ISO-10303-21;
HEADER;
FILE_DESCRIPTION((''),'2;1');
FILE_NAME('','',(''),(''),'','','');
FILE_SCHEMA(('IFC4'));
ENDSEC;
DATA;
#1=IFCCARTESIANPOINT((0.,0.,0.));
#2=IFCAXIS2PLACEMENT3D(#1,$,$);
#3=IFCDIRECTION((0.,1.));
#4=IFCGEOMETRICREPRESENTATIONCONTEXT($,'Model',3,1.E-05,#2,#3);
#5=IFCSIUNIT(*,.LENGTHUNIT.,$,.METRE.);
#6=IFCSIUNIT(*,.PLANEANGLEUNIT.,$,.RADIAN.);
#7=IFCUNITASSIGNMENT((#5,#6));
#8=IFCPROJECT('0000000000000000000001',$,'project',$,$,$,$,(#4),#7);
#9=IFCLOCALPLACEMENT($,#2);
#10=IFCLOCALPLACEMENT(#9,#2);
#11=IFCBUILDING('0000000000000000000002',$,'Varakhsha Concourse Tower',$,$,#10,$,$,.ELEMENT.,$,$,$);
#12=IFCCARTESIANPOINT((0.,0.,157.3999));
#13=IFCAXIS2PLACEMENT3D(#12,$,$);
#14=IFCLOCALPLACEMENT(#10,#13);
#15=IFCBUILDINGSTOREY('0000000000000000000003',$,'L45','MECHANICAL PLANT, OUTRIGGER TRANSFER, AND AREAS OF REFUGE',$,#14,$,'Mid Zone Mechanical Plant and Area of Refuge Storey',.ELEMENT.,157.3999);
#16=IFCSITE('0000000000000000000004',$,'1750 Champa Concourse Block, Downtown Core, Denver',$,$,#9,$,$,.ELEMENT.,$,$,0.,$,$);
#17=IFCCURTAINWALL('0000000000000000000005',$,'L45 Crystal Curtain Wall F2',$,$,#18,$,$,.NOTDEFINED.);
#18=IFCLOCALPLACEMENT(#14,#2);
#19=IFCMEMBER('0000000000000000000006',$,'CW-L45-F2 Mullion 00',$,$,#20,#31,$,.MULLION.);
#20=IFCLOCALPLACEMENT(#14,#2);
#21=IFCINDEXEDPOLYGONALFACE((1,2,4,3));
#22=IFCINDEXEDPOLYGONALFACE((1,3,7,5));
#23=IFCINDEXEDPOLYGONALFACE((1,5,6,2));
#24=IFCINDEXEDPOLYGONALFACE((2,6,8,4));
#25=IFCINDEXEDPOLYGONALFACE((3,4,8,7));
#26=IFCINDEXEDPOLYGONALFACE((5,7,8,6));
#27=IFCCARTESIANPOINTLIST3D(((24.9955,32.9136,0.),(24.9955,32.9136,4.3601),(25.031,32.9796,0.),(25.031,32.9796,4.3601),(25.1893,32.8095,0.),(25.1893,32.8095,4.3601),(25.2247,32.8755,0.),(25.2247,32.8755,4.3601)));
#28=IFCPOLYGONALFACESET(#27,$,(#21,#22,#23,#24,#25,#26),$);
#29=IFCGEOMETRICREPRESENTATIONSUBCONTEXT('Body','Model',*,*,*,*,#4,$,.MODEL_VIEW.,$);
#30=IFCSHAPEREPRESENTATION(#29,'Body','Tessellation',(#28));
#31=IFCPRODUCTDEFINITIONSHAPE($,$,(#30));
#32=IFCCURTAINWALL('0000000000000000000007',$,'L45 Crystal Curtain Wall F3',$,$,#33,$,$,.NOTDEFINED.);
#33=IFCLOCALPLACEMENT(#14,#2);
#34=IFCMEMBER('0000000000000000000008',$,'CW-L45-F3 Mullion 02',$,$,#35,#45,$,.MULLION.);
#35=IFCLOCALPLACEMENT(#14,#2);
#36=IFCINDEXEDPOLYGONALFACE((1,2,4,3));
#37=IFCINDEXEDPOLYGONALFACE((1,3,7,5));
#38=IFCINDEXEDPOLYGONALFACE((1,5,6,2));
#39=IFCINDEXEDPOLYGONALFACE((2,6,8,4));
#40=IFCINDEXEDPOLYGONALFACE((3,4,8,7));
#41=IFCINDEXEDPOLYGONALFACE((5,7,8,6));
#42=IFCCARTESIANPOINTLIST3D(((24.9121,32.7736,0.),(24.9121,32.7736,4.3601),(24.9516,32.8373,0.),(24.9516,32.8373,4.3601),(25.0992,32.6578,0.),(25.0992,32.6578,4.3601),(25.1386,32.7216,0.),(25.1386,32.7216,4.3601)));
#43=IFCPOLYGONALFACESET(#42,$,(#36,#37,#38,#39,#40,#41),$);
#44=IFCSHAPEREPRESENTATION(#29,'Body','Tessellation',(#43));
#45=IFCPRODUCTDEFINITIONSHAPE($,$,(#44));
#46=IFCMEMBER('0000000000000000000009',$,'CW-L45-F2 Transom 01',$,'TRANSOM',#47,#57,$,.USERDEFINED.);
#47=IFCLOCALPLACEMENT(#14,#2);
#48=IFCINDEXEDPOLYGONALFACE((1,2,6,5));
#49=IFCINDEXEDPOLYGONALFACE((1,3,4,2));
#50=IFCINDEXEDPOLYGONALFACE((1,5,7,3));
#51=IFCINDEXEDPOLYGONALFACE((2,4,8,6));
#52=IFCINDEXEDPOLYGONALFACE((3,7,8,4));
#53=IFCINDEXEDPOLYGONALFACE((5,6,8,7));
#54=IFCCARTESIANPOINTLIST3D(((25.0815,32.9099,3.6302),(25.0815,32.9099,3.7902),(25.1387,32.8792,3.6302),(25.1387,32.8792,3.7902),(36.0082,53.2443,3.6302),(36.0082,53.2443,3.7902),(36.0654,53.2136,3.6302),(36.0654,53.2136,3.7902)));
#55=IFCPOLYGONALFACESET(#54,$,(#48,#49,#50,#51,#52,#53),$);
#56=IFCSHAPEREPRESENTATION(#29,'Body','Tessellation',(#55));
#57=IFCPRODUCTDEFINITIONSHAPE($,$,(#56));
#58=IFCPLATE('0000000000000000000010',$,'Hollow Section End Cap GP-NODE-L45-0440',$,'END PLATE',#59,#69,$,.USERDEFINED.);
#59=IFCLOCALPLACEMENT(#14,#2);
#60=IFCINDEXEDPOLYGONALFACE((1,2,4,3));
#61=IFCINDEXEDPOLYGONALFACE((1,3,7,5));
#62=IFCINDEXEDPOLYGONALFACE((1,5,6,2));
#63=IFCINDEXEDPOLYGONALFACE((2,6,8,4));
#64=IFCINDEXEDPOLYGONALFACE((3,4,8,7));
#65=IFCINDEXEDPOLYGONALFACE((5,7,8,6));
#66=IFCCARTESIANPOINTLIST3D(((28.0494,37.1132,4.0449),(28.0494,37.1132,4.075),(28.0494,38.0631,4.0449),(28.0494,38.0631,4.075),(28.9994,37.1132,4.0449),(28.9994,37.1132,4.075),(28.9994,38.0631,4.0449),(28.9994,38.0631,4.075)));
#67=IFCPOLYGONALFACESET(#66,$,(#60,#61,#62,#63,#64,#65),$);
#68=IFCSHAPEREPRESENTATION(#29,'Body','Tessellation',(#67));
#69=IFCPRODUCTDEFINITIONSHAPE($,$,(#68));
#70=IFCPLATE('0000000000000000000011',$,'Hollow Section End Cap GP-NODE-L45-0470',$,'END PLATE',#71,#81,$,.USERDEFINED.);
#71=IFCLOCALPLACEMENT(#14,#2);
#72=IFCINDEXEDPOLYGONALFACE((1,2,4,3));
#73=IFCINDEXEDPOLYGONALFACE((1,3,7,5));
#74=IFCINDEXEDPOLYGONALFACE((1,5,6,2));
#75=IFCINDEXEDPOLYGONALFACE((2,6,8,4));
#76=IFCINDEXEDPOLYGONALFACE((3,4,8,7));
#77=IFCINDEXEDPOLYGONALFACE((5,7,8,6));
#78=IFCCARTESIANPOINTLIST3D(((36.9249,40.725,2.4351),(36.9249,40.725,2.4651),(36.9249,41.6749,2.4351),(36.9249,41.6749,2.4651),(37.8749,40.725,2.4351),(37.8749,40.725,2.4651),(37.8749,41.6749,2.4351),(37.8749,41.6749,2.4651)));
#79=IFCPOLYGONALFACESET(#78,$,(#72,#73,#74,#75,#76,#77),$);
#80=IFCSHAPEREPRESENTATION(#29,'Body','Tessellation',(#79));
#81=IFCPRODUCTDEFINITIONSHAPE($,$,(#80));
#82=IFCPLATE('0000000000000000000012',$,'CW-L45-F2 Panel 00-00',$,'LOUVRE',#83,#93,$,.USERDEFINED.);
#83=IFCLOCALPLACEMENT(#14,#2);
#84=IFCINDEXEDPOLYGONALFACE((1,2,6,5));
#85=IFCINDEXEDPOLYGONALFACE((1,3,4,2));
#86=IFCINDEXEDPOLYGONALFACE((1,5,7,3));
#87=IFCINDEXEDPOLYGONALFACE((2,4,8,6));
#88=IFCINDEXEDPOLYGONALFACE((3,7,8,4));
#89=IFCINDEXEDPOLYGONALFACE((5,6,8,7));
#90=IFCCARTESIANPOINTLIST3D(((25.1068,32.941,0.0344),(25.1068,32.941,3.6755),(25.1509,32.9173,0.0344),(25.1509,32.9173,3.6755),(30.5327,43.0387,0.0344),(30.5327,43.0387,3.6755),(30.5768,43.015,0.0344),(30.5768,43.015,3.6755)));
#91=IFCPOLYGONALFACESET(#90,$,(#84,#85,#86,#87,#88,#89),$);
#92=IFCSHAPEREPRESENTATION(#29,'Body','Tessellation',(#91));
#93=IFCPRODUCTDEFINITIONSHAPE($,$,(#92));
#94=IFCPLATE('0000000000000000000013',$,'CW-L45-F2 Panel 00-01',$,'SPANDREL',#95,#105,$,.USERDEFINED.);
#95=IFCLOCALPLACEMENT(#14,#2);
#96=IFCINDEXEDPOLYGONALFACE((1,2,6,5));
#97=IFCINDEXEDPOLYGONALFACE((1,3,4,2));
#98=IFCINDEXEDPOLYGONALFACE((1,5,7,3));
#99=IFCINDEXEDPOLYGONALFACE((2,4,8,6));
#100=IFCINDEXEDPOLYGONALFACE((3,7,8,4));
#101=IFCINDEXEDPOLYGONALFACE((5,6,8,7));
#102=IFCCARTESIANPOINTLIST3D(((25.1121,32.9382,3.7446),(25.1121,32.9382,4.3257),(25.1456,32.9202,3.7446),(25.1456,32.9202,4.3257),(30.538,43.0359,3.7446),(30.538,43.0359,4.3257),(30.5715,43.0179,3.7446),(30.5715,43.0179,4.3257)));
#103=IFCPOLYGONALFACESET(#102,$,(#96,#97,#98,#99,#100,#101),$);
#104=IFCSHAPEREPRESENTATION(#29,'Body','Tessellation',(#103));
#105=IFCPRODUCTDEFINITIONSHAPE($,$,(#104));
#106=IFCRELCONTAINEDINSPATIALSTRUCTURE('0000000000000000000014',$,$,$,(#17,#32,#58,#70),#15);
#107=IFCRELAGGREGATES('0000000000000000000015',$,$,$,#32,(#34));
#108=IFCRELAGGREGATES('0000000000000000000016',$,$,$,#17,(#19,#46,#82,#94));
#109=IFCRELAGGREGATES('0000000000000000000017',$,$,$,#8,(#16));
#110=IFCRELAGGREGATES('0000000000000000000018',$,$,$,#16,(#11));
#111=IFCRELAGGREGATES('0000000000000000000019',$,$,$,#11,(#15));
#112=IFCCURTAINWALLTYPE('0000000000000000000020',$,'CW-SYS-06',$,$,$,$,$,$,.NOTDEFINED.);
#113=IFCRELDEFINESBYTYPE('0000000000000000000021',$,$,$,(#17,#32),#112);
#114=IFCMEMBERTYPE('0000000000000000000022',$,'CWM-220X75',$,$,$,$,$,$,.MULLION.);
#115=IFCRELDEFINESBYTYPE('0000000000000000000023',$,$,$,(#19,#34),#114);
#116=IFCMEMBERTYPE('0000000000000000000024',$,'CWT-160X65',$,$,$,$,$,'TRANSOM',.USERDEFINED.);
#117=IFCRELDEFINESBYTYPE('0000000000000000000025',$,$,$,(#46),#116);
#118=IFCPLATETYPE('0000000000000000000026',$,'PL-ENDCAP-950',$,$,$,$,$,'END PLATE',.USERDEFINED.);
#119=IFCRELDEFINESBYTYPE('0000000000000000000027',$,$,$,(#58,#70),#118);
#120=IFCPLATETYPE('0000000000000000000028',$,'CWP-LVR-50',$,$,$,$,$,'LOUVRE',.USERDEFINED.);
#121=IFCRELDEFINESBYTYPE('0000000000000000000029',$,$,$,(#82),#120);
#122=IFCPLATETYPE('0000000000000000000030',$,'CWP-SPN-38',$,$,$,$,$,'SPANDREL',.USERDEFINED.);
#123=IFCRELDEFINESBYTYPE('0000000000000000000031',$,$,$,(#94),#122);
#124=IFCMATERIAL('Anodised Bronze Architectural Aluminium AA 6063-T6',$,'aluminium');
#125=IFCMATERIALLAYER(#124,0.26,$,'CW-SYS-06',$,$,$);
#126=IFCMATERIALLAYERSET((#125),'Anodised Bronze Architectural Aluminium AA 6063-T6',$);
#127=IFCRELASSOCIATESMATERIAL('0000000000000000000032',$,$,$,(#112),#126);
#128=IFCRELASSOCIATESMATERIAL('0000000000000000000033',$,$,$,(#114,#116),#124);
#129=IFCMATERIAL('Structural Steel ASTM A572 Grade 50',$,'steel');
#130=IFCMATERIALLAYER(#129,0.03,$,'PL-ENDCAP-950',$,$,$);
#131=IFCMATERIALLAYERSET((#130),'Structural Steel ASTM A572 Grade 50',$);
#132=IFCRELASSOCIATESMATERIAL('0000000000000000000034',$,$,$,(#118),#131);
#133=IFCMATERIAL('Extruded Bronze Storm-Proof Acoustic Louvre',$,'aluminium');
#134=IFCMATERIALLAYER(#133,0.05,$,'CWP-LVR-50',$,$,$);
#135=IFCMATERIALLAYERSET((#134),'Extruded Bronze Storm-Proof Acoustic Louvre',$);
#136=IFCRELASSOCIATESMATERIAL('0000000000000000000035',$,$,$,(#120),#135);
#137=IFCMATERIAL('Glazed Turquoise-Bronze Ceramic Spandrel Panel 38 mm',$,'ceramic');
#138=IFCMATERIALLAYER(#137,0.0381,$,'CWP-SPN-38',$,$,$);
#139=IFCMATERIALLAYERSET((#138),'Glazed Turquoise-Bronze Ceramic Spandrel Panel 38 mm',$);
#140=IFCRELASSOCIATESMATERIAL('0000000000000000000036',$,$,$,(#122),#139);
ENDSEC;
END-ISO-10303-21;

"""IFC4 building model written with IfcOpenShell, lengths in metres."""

from ifc_helpers import new_model, si_unit, direction, frame, origin, origin_2d, place, context, subcontext, project, spatial, rectangle, extrude, source, transform, mapped, material, layer, layer_set, material_profile, profile_set, type_object, type_shapes, element, aggregate, save


model = new_model("IFC4")

# Units and contexts
model_context = context("Model", 3, precision=1e-05, world=origin(), true_north=direction((0.0, 1.0)))
body_context = subcontext(model_context, "Body", "Model", "MODEL_VIEW")
ifc_project = project(units=[si_unit("LENGTHUNIT", "METRE"), si_unit("PLANEANGLEUNIT", "RADIAN")], contexts=[model_context])

# Site, building, storey
site_placement = place(None, origin())
site = spatial("IfcSite", under=ifc_project, at=site_placement, Name="1750 Champa Concourse Block, Downtown Core, Denver", CompositionType="ELEMENT", RefElevation=0.0)
building_placement = place(site_placement, origin())
building = spatial("IfcBuilding", under=site, at=building_placement, Name="Varakhsha Concourse Tower", CompositionType="ELEMENT")
storey_placement = place(building_placement, frame((0.0, 0.0, 157.3999)))
storey = spatial("IfcBuildingStorey", under=building, at=storey_placement, Name="L45", Description="MECHANICAL PLANT, OUTRIGGER TRANSFER, AND AREAS OF REFUGE", LongName="Mid Zone Mechanical Plant and Area of Refuge Storey", CompositionType="ELEMENT", Elevation=157.3999)

# Shared definitions
ifc_material_1 = material(Name="Structural Steel ASTM A572 Grade 50", Category="steel")

# Curtain walls, members
ifc_material_2 = material(Name="Anodised Bronze Architectural Aluminium AA 6063-T6", Category="aluminium")
ifc_layer_1 = layer(ifc_material_2, 0.26, Name="CW-SYS-06")
ifc_layer_set_1 = layer_set([ifc_layer_1], Name="Anodised Bronze Architectural Aluminium AA 6063-T6")
curtain_wall_type = type_object("IfcCurtainWallType", Name="CW-SYS-06", PredefinedType="NOTDEFINED", material=ifc_layer_set_1)
curtain_wall_1_placement = place(storey_placement, origin())
curtain_wall_1 = element("IfcCurtainWall", 1, at=curtain_wall_1_placement, inside=storey, type_object=curtain_wall_type, Name="L45 Crystal Curtain Wall F2", PredefinedType="NOTDEFINED")
ifc_material_profile_1 = material_profile(ifc_material_2, rectangle(XDim=0.075, YDim=0.22, at=origin_2d()), Name="CWM-220X75")
ifc_profile_set_1 = profile_set([ifc_material_profile_1], Name="Anodised Bronze Architectural Aluminium AA 6063-T6")
member_type_1 = type_object("IfcMemberType", Name="CWM-220X75", PredefinedType="MULLION", material=ifc_profile_set_1)
shared_shape_1 = source(origin(), body_context, "Body", "SweptSolid", [
    extrude(rectangle(XDim=0.075, YDim=0.22, at=origin_2d()), origin(), (0.0, 0.0, 1.0), 4.3601),
])
type_shapes(member_type_1, [shared_shape_1])
member_1_placement = place(storey_placement, frame((25.1101, 32.8945, 0.0), z_axis=(0.0, 0.0, 1.0), x_axis=(0.473335, 0.880882, 0.0)))
member_1 = element("IfcMember", 2, at=member_1_placement, type_object=member_type_1, Name="CW-L45-F2 Mullion 00", PredefinedType="MULLION", context=body_context, shape_type="MappedRepresentation", body=[
    mapped(shared_shape_1, transform((0.0, 0.0, 0.0), scale=1.0)),
])
curtain_wall_2_placement = place(storey_placement, origin())
curtain_wall_2 = element("IfcCurtainWall", 3, at=curtain_wall_2_placement, inside=storey, type_object=curtain_wall_type, Name="L45 Crystal Curtain Wall F3", PredefinedType="NOTDEFINED")
member_2_placement = place(storey_placement, frame((25.0254, 32.7476, 0.0), z_axis=(0.0, 0.0, 1.0), x_axis=(0.526199, 0.850361, 0.0)))
member_2 = element("IfcMember", 4, at=member_2_placement, type_object=member_type_1, Name="CW-L45-F3 Mullion 02", PredefinedType="MULLION", context=body_context, shape_type="MappedRepresentation", body=[
    mapped(shared_shape_1, transform((0.0, 0.0, 0.0), scale=1.0)),
])
aggregate(curtain_wall_2, [member_2])

# Member
ifc_material_profile_2 = material_profile(ifc_material_2, rectangle(XDim=0.0649, YDim=0.1599, at=origin_2d()), Name="CWT-160X65")
ifc_profile_set_2 = profile_set([ifc_material_profile_2], Name="Anodised Bronze Architectural Aluminium AA 6063-T6")
member_type_2 = type_object("IfcMemberType", Name="CWT-160X65", ElementType="TRANSOM", PredefinedType="USERDEFINED", material=ifc_profile_set_2)
shared_shape_2 = source(origin(), body_context, "Body", "SweptSolid", [
    extrude(rectangle(XDim=0.0649, YDim=0.1599, at=origin_2d()), origin(), (0.0, 0.0, 1.0), 23.0842),
])
type_shapes(member_type_2, [shared_shape_2])
member_3_placement = place(storey_placement, frame((25.1101, 32.8945, 3.7102), z_axis=(0.473342, 0.880879, 0.0), x_axis=(-0.880879, 0.473342, 0.0)))
member_3 = element("IfcMember", 5, at=member_3_placement, type_object=member_type_2, Name="CW-L45-F2 Transom 01", ObjectType="TRANSOM", PredefinedType="USERDEFINED", context=body_context, shape_type="MappedRepresentation", body=[
    mapped(shared_shape_2, transform((0.0, 0.0, 0.0), scale=1.0)),
])

# Plates
ifc_layer_2 = layer(ifc_material_1, 0.03, Name="PL-ENDCAP-950")
ifc_layer_set_2 = layer_set([ifc_layer_2], Name="Structural Steel ASTM A572 Grade 50")
plate_type_1 = type_object("IfcPlateType", Name="PL-ENDCAP-950", ElementType="END PLATE", PredefinedType="USERDEFINED", material=ifc_layer_set_2)
shared_shape_3 = source(origin(), body_context, "Body", "SweptSolid", [
    extrude(rectangle(XDim=0.95, YDim=0.95, at=origin_2d()), origin(), (0.0, 0.0, 1.0), 0.03),
])
type_shapes(plate_type_1, [shared_shape_3])
for number, where, z_axis, x_axis, name in (
    (6, (28.5244, 37.5881, 4.0449), (0.0, 0.0, 1.0), (1.0, 0.0, 0.0), "Hollow Section End Cap GP-NODE-L45-0440"),
    (7, (37.3999, 41.2, 2.4351), (0.0, 0.0, 1.0), (1.0, 0.0, 0.0), "Hollow Section End Cap GP-NODE-L45-0470"),
):
    element("IfcPlate", number, at=place(storey_placement, frame(where, z_axis=z_axis, x_axis=x_axis)), inside=storey, type_object=plate_type_1, Name=name, ObjectType="END PLATE", PredefinedType="USERDEFINED", context=body_context, shape_type="MappedRepresentation", body=[
        mapped(shared_shape_3, transform((0.0, 0.0, 0.0), scale=1.0)),
    ])

# Plates
ifc_material_3 = material(Name="Extruded Bronze Storm-Proof Acoustic Louvre", Category="aluminium")
ifc_layer_3 = layer(ifc_material_3, 0.05, Name="CWP-LVR-50")
ifc_layer_set_3 = layer_set([ifc_layer_3], Name="Extruded Bronze Storm-Proof Acoustic Louvre")
plate_type_2 = type_object("IfcPlateType", Name="CWP-LVR-50", ElementType="LOUVRE", PredefinedType="USERDEFINED", material=ifc_layer_set_3)
shared_shape_4 = source(origin(), body_context, "Body", "SweptSolid", [
    extrude(rectangle(XDim=11.4631, YDim=0.05, at=origin_2d()), origin(), (0.0, 0.0, 1.0), 3.6411),
])
type_shapes(plate_type_2, [shared_shape_4])
plate_1_placement = place(storey_placement, frame((27.8418, 37.978, 0.0344), z_axis=(0.0, 0.0, 1.0), x_axis=(0.473335, 0.880882, 0.0)))
plate_1 = element("IfcPlate", 8, at=plate_1_placement, type_object=plate_type_2, Name="CW-L45-F2 Panel 00-00", ObjectType="LOUVRE", PredefinedType="USERDEFINED", context=body_context, shape_type="MappedRepresentation", body=[
    mapped(shared_shape_4, transform((0.0, 0.0, 0.0), scale=1.0)),
])
ifc_material_4 = material(Name="Glazed Turquoise-Bronze Ceramic Spandrel Panel 38 mm", Category="ceramic")
ifc_layer_4 = layer(ifc_material_4, 0.0381, Name="CWP-SPN-38")
ifc_layer_set_4 = layer_set([ifc_layer_4], Name="Glazed Turquoise-Bronze Ceramic Spandrel Panel 38 mm")
plate_type_3 = type_object("IfcPlateType", Name="CWP-SPN-38", ElementType="SPANDREL", PredefinedType="USERDEFINED", material=ifc_layer_set_4)
shared_shape_5 = source(origin(), body_context, "Body", "SweptSolid", [
    extrude(rectangle(XDim=11.4631, YDim=0.0381, at=origin_2d()), origin(), (0.0, 0.0, 1.0), 0.5811),
])
type_shapes(plate_type_3, [shared_shape_5])
plate_2_placement = place(storey_placement, frame((27.8418, 37.978, 3.7446), z_axis=(0.0, 0.0, 1.0), x_axis=(0.473335, 0.880882, 0.0)))
plate_2 = element("IfcPlate", 9, at=plate_2_placement, type_object=plate_type_3, Name="CW-L45-F2 Panel 00-01", ObjectType="SPANDREL", PredefinedType="USERDEFINED", context=body_context, shape_type="MappedRepresentation", body=[
    mapped(shared_shape_5, transform((0.0, 0.0, 0.0), scale=1.0)),
])
aggregate(curtain_wall_1, [member_1, member_3, plate_1, plate_2])

save(model, "model.ifc")
